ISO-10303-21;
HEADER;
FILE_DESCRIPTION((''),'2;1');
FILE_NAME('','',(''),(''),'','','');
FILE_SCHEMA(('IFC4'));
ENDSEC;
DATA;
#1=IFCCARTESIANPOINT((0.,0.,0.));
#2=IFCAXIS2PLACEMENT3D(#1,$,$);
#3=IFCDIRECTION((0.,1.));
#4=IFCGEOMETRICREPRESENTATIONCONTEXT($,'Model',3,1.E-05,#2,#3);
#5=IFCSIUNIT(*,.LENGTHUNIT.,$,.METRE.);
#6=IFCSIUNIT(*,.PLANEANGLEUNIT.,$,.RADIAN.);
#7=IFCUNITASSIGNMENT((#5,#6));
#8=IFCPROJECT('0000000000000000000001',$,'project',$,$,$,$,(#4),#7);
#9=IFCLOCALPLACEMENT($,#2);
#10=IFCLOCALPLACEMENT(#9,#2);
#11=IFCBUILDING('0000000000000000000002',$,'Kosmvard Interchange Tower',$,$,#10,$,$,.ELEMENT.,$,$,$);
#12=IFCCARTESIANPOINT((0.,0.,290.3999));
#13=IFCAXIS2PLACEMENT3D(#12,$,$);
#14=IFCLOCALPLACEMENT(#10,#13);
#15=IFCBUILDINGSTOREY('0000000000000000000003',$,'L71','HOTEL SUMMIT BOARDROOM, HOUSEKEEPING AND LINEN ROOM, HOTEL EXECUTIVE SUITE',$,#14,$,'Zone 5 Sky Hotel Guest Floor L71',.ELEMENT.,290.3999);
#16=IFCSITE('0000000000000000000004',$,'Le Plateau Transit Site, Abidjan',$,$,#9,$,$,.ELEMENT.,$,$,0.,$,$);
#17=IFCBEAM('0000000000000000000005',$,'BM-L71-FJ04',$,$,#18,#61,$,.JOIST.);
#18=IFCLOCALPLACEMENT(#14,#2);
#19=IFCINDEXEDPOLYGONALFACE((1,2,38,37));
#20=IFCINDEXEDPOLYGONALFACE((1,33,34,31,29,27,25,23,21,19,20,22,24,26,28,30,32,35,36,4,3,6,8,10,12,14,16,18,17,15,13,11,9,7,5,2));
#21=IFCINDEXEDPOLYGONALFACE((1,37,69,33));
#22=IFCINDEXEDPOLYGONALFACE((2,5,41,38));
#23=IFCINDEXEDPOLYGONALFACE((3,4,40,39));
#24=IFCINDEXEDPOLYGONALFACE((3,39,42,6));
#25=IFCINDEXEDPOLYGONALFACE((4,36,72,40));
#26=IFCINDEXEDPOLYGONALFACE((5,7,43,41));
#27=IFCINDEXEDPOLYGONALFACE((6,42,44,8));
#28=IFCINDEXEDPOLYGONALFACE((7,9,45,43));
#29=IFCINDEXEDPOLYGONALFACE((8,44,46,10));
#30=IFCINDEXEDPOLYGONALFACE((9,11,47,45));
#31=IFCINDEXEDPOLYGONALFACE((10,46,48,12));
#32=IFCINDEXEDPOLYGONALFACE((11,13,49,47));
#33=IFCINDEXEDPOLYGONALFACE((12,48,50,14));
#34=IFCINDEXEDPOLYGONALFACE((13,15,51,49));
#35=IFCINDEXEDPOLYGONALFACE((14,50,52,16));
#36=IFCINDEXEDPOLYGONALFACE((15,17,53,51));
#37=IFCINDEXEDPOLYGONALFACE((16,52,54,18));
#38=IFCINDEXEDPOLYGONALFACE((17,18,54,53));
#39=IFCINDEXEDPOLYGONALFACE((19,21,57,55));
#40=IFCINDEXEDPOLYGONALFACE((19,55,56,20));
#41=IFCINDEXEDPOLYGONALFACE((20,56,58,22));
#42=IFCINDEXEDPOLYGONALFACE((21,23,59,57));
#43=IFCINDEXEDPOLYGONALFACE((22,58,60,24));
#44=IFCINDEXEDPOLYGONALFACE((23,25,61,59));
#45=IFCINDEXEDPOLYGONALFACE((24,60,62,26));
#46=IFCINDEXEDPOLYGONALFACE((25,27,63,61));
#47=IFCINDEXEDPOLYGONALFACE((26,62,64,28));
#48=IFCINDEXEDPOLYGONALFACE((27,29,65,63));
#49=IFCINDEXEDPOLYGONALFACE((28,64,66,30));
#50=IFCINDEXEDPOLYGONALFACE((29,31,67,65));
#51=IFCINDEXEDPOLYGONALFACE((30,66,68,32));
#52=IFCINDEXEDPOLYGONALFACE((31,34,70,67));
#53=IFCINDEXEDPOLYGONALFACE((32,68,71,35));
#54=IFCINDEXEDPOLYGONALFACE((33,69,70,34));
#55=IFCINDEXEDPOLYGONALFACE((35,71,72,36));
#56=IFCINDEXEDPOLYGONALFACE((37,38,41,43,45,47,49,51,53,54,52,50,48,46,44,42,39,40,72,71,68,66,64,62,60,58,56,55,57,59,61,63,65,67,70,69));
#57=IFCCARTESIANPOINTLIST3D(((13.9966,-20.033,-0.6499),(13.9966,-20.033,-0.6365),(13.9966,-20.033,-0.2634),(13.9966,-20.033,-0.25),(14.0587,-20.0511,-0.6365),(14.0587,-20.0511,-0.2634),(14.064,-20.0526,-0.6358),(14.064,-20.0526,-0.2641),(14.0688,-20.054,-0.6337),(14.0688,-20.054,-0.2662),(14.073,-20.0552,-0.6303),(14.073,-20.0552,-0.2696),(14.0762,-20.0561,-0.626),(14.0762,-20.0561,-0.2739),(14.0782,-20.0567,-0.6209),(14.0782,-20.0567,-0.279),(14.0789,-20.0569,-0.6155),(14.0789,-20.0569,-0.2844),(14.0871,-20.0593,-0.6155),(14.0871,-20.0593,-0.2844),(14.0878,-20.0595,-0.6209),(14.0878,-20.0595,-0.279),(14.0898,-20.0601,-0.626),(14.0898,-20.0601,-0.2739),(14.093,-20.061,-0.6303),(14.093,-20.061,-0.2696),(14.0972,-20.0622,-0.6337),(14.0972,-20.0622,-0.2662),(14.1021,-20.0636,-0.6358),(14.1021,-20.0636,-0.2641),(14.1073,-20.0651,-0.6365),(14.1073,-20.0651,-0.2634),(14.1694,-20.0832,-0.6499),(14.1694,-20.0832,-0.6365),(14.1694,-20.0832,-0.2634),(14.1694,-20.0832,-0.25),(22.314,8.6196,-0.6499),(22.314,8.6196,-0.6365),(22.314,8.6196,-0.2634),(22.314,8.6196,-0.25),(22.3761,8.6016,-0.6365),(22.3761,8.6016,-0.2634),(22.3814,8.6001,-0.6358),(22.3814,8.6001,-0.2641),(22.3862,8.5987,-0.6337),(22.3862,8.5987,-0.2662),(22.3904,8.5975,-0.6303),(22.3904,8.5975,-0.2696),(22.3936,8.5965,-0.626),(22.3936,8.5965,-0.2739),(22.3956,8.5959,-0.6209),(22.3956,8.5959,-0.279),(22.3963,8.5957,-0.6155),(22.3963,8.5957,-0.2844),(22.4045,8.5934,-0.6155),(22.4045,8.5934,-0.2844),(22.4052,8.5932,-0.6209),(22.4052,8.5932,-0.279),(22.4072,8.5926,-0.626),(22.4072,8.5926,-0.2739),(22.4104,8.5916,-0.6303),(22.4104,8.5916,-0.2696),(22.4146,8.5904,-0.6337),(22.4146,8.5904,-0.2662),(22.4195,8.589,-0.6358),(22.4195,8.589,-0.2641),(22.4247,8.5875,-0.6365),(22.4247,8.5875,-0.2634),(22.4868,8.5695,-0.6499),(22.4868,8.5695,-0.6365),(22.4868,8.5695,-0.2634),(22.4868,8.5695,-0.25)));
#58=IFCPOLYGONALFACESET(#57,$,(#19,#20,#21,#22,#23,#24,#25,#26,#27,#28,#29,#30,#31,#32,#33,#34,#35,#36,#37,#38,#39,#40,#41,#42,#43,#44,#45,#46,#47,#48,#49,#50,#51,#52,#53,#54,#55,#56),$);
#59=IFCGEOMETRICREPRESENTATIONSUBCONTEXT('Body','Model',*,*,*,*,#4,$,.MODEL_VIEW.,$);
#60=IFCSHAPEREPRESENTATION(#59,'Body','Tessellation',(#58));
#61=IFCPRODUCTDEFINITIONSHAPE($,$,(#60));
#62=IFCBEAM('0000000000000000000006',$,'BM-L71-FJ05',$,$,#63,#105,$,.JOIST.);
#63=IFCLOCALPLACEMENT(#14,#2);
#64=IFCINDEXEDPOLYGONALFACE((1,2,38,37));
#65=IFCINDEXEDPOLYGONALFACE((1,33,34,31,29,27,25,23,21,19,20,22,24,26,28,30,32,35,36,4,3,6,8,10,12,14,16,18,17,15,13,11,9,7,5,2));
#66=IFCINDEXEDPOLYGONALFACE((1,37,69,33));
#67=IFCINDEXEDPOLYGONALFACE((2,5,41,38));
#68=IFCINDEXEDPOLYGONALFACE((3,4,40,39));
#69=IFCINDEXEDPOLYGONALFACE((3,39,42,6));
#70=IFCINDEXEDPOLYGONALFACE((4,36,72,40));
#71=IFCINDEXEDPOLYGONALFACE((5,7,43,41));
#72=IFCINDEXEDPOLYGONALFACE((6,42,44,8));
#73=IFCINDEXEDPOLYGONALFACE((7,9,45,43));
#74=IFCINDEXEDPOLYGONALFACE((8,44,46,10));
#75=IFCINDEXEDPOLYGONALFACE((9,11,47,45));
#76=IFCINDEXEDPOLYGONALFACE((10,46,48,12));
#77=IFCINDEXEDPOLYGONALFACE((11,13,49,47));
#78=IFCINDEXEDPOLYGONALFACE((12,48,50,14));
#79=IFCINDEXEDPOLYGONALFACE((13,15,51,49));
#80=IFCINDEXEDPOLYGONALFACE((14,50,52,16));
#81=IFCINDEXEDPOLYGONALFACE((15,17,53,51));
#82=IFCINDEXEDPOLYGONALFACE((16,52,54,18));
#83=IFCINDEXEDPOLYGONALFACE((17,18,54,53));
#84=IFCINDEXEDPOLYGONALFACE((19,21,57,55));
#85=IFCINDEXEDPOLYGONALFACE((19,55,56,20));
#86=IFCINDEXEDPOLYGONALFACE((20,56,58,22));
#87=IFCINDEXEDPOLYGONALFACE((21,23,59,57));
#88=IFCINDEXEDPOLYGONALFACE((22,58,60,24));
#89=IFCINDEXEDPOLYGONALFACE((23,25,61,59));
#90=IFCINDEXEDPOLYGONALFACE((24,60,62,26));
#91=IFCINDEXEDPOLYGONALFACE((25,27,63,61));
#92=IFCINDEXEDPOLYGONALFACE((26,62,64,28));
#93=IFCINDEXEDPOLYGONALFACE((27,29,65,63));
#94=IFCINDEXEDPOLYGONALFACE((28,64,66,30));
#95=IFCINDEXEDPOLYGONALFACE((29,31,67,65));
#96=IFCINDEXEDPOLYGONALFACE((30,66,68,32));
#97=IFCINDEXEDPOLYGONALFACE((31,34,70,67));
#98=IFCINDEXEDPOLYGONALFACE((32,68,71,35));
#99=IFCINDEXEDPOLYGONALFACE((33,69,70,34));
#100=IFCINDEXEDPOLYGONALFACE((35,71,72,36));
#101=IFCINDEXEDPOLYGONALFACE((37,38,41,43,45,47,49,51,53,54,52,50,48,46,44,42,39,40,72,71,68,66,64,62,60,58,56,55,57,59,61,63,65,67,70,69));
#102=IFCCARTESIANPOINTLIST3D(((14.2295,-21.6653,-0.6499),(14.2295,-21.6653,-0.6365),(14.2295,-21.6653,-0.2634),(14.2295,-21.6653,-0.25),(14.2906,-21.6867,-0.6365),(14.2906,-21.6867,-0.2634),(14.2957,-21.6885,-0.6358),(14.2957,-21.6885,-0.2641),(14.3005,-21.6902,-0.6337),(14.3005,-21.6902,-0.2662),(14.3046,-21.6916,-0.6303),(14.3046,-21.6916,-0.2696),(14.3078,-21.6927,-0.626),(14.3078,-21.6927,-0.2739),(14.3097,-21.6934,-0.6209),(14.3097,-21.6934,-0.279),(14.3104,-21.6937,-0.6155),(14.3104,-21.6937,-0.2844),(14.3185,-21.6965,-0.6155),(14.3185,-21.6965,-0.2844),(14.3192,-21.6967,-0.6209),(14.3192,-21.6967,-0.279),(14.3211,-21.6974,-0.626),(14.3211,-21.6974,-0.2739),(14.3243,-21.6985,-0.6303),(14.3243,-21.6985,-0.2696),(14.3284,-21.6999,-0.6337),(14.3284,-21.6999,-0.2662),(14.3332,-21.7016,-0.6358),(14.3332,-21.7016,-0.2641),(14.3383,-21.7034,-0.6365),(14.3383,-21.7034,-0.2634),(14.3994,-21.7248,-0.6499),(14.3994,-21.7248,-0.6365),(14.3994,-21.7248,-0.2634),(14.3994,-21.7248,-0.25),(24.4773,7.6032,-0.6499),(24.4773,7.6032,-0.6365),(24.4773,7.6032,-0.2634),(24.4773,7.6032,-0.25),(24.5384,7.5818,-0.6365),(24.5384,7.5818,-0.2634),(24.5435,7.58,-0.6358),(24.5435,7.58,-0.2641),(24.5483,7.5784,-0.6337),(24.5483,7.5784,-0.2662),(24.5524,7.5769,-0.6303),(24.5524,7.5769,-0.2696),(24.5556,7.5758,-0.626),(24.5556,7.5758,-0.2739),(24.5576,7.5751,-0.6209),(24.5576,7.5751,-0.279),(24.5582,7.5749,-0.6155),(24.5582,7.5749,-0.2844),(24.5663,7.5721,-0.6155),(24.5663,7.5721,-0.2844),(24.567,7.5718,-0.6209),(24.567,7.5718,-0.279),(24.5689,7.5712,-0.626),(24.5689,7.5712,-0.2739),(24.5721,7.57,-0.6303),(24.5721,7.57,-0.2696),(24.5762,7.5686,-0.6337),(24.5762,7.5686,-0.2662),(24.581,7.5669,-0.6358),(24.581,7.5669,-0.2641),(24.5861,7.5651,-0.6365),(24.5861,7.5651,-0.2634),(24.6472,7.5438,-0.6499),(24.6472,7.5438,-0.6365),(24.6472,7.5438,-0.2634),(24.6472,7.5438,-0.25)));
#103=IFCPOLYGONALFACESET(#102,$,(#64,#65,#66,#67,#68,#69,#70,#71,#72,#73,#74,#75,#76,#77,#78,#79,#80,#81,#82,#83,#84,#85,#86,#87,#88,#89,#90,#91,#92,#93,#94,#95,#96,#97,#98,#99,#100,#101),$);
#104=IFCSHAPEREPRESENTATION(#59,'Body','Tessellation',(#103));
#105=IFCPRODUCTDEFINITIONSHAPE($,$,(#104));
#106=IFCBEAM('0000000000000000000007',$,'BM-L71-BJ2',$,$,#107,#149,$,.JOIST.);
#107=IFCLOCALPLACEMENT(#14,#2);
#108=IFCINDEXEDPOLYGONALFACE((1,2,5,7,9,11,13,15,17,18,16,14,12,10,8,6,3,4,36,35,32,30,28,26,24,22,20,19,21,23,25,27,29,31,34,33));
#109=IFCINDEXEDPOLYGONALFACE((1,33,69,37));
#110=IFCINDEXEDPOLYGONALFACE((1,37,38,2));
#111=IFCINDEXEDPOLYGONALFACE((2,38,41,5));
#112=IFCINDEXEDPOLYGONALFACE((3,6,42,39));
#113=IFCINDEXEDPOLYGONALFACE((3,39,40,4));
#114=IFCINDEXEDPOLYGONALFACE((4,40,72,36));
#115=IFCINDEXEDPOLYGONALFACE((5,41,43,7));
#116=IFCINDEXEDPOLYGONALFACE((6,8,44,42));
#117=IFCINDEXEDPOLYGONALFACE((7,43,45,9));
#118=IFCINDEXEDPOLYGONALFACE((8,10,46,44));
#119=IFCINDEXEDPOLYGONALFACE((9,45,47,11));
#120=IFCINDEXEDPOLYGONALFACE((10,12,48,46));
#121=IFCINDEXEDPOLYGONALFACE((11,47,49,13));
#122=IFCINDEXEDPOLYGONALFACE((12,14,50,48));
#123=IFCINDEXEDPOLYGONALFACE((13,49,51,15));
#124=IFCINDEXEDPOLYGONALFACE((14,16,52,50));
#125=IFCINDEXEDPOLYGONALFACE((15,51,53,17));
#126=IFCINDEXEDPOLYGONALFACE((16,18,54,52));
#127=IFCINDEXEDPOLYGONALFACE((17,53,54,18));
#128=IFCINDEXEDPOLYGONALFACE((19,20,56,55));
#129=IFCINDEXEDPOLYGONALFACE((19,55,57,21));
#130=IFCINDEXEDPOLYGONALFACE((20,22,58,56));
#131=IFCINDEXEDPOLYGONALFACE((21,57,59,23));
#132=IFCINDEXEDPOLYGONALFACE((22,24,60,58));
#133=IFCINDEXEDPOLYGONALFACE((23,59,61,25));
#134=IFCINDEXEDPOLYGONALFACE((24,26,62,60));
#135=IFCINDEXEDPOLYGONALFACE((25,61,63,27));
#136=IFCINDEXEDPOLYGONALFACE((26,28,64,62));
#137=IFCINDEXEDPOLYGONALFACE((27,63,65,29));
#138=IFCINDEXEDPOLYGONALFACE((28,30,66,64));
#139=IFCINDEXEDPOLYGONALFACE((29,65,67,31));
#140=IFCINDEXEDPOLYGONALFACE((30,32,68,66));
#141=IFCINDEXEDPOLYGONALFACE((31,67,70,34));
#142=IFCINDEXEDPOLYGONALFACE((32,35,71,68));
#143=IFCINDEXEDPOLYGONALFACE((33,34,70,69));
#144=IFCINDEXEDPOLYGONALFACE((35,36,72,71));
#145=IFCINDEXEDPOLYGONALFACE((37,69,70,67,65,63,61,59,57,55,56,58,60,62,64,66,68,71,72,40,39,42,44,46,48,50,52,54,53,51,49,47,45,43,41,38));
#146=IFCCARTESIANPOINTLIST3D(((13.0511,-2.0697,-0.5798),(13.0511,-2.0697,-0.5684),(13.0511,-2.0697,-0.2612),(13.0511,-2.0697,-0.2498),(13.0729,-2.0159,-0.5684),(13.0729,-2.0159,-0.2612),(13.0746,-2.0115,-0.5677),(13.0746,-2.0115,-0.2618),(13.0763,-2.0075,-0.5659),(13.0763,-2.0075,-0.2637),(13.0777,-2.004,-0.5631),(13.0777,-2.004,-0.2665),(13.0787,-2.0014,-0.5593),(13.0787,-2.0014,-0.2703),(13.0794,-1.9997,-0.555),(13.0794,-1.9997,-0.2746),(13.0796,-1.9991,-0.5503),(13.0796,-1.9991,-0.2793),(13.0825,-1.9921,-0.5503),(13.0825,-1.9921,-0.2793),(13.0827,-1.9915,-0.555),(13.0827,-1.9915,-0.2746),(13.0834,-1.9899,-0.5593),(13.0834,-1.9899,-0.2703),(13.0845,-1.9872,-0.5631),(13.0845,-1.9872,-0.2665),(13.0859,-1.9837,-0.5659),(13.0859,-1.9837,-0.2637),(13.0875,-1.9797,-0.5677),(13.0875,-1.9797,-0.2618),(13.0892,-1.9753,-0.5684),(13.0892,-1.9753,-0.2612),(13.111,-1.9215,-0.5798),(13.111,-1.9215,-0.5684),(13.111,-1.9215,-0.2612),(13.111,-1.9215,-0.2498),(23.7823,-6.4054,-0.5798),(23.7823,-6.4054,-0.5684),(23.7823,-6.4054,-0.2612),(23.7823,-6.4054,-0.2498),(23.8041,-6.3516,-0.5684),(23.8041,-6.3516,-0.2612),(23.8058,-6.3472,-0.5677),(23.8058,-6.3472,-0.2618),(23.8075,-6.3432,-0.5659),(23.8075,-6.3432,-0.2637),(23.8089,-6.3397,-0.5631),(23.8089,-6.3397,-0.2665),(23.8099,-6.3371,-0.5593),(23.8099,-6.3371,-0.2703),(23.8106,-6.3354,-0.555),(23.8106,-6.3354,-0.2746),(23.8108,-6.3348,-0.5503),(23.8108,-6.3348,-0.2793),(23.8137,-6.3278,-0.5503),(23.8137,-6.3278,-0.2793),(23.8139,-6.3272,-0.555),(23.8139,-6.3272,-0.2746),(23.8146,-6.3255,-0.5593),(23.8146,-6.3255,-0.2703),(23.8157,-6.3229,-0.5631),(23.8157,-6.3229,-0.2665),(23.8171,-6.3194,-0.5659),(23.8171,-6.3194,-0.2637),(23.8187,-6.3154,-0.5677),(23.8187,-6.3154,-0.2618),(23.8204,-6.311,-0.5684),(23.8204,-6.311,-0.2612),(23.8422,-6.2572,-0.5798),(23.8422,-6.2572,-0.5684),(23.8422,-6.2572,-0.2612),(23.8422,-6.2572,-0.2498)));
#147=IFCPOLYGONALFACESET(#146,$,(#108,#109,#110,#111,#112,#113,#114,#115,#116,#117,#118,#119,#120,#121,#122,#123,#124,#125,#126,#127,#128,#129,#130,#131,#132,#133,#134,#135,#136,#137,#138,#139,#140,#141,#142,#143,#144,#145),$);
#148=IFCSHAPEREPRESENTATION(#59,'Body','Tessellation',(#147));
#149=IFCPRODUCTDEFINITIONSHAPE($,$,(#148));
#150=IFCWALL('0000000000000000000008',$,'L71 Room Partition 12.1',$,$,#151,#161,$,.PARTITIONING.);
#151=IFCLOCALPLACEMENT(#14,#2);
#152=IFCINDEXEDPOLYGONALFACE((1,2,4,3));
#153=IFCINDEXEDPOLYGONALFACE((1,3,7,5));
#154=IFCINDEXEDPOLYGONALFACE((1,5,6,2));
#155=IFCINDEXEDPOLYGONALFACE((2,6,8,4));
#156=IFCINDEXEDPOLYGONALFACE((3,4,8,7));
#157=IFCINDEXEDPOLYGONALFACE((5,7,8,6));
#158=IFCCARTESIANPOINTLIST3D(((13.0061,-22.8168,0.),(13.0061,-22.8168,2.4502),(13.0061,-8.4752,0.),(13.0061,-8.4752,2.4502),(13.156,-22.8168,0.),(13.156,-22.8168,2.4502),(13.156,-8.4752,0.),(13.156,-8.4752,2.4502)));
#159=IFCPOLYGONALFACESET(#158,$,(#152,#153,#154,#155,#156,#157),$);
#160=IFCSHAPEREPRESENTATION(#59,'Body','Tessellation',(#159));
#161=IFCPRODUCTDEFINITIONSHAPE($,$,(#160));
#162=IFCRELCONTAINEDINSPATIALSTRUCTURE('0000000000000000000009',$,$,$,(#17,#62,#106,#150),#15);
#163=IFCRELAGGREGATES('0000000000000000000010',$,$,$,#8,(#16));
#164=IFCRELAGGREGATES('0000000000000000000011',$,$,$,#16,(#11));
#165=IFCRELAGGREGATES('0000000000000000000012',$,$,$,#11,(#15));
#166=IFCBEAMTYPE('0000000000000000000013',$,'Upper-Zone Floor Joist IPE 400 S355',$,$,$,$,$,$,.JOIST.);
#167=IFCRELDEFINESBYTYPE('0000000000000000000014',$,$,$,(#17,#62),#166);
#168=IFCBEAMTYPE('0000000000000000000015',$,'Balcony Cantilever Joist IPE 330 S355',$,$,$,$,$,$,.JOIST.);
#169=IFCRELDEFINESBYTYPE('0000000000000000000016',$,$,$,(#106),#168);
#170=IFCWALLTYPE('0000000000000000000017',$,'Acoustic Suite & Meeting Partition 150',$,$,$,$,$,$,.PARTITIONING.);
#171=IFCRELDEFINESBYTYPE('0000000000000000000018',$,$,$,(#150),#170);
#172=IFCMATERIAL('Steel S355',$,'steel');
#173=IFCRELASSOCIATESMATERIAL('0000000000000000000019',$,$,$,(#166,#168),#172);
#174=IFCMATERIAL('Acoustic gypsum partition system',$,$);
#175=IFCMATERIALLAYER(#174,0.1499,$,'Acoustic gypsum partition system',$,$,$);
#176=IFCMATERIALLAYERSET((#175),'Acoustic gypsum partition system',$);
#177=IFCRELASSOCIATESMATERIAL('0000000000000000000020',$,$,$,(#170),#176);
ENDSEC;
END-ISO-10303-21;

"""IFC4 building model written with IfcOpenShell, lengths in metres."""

from ifc_helpers import new_model, si_unit, direction, frame, frame_2d, origin, origin_2d, place, context, subcontext, project, spatial, rectangle, i_section, extrude, source, transform, mapped, material, layer, layer_set, material_profile, profile_set, type_object, element, save


model = new_model("IFC4")

# Units and contexts
model_context = context("Model", 3, precision=1e-05, world=origin(), true_north=direction((0.0, 1.0)))
body_context = subcontext(model_context, "Body", "Model", "MODEL_VIEW")
ifc_project = project(units=[si_unit("LENGTHUNIT", "METRE"), si_unit("PLANEANGLEUNIT", "RADIAN")], contexts=[model_context])

# Site, building, storey
site_placement = place(None, origin())
site = spatial("IfcSite", under=ifc_project, at=site_placement, Name="Le Plateau Transit Site, Abidjan", CompositionType="ELEMENT", RefElevation=0.0)
building_placement = place(site_placement, origin())
building = spatial("IfcBuilding", under=site, at=building_placement, Name="Kosmvard Interchange Tower", CompositionType="ELEMENT")
storey_placement = place(building_placement, frame((0.0, 0.0, 290.3999)))
storey = spatial("IfcBuildingStorey", under=building, at=storey_placement, Name="L71", Description="HOTEL SUMMIT BOARDROOM, HOUSEKEEPING AND LINEN ROOM, HOTEL EXECUTIVE SUITE", LongName="Zone 5 Sky Hotel Guest Floor L71", CompositionType="ELEMENT", Elevation=290.3999)

# Beams
ifc_material_1 = material(Name="Steel S355", Category="steel")
ifc_material_profile_1 = material_profile(ifc_material_1, i_section(OverallWidth=0.1799, OverallDepth=0.3999, WebThickness=0.0085, FlangeThickness=0.0134, FilletRadius=0.021, at=origin_2d()), Name="IPE 400")
ifc_profile_set_1 = profile_set([ifc_material_profile_1], Name="Steel S355")
beam_type_1 = type_object("IfcBeamType", Name="Upper-Zone Floor Joist IPE 400 S355", PredefinedType="JOIST", material=ifc_profile_set_1)
shared_shape_1 = source(origin(), body_context, "Body", "SweptSolid", [
    extrude(i_section(OverallWidth=0.1799, OverallDepth=0.3999, WebThickness=0.0085, FlangeThickness=0.0134, FilletRadius=0.021, at=origin_2d()), origin(), (0.0, 0.0, 1.0), 29.8354),
])
beam_1_placement = place(storey_placement, frame((14.083, -20.0581, -0.45), z_axis=(0.278776, 0.960356, 0.0), x_axis=(-0.960356, 0.278776, 0.0)))
element("IfcBeam", 1, at=beam_1_placement, inside=storey, type_object=beam_type_1, Name="BM-L71-FJ04", PredefinedType="JOIST", context=body_context, shape_type="MappedRepresentation", body=[
    mapped(shared_shape_1, transform((0.0, 0.0, 0.0), scale=1.0)),
])
shared_shape_2 = source(origin(), body_context, "Body", "SweptSolid", [
    extrude(i_section(OverallWidth=0.1799, OverallDepth=0.3999, WebThickness=0.0085, FlangeThickness=0.0134, FilletRadius=0.021, at=origin_2d()), origin(), (0.0, 0.0, 1.0), 31.0107),
])
beam_2_placement = place(storey_placement, frame((14.3145, -21.6951, -0.45), z_axis=(0.33046, 0.94382, 0.0), x_axis=(-0.94382, 0.33046, 0.0)))
element("IfcBeam", 2, at=beam_2_placement, inside=storey, type_object=beam_type_1, Name="BM-L71-FJ05", PredefinedType="JOIST", context=body_context, shape_type="MappedRepresentation", body=[
    mapped(shared_shape_2, transform((0.0, 0.0, 0.0), scale=1.0)),
])
ifc_material_profile_2 = material_profile(ifc_material_1, i_section(OverallWidth=0.1599, OverallDepth=0.3301, WebThickness=0.0076, FlangeThickness=0.0115, FilletRadius=0.0181, at=origin_2d()), Name="IPE 330")
ifc_profile_set_2 = profile_set([ifc_material_profile_2], Name="Steel S355")
beam_type_2 = type_object("IfcBeamType", Name="Balcony Cantilever Joist IPE 330 S355", PredefinedType="JOIST", material=ifc_profile_set_2)
shared_shape_3 = source(origin(), body_context, "Body", "SweptSolid", [
    extrude(i_section(OverallWidth=0.1599, OverallDepth=0.3301, WebThickness=0.0076, FlangeThickness=0.0115, FilletRadius=0.0181, at=origin_2d()), origin(), (0.0, 0.0, 1.0), 11.574),
])
beam_3_placement = place(storey_placement, frame((13.0811, -1.9956, -0.4148), z_axis=(0.927184, -0.374607, 0.0), x_axis=(0.374607, 0.927184, 0.0)))
element("IfcBeam", 3, at=beam_3_placement, inside=storey, type_object=beam_type_2, Name="BM-L71-BJ2", PredefinedType="JOIST", context=body_context, shape_type="MappedRepresentation", body=[
    mapped(shared_shape_3, transform((0.0, 0.0, 0.0), scale=1.0)),
])

# Wall
ifc_material_2 = material(Name="Acoustic gypsum partition system")
ifc_layer_1 = layer(ifc_material_2, 0.1499, Name="Acoustic gypsum partition system")
ifc_layer_set_1 = layer_set([ifc_layer_1], Name="Acoustic gypsum partition system")
wall_type_1 = type_object("IfcWallType", Name="Acoustic Suite & Meeting Partition 150", PredefinedType="PARTITIONING", material=ifc_layer_set_1)
wall_1_placement = place(storey_placement, frame((13.0811, -8.4751, 0.0), z_axis=(0.0, 0.0, 1.0), x_axis=(0.0, -1.0, 0.0)))
element("IfcWall", 4, at=wall_1_placement, inside=storey, type_object=wall_type_1, Name="L71 Room Partition 12.1", PredefinedType="PARTITIONING", context=body_context, shape_type="SweptSolid", body=[
    extrude(rectangle(XDim=14.3416, YDim=0.1499, at=frame_2d((7.1709, 0.0))), origin(), (0.0, 0.0, 1.0), 2.4502),
])

save(model, "model.ifc")
